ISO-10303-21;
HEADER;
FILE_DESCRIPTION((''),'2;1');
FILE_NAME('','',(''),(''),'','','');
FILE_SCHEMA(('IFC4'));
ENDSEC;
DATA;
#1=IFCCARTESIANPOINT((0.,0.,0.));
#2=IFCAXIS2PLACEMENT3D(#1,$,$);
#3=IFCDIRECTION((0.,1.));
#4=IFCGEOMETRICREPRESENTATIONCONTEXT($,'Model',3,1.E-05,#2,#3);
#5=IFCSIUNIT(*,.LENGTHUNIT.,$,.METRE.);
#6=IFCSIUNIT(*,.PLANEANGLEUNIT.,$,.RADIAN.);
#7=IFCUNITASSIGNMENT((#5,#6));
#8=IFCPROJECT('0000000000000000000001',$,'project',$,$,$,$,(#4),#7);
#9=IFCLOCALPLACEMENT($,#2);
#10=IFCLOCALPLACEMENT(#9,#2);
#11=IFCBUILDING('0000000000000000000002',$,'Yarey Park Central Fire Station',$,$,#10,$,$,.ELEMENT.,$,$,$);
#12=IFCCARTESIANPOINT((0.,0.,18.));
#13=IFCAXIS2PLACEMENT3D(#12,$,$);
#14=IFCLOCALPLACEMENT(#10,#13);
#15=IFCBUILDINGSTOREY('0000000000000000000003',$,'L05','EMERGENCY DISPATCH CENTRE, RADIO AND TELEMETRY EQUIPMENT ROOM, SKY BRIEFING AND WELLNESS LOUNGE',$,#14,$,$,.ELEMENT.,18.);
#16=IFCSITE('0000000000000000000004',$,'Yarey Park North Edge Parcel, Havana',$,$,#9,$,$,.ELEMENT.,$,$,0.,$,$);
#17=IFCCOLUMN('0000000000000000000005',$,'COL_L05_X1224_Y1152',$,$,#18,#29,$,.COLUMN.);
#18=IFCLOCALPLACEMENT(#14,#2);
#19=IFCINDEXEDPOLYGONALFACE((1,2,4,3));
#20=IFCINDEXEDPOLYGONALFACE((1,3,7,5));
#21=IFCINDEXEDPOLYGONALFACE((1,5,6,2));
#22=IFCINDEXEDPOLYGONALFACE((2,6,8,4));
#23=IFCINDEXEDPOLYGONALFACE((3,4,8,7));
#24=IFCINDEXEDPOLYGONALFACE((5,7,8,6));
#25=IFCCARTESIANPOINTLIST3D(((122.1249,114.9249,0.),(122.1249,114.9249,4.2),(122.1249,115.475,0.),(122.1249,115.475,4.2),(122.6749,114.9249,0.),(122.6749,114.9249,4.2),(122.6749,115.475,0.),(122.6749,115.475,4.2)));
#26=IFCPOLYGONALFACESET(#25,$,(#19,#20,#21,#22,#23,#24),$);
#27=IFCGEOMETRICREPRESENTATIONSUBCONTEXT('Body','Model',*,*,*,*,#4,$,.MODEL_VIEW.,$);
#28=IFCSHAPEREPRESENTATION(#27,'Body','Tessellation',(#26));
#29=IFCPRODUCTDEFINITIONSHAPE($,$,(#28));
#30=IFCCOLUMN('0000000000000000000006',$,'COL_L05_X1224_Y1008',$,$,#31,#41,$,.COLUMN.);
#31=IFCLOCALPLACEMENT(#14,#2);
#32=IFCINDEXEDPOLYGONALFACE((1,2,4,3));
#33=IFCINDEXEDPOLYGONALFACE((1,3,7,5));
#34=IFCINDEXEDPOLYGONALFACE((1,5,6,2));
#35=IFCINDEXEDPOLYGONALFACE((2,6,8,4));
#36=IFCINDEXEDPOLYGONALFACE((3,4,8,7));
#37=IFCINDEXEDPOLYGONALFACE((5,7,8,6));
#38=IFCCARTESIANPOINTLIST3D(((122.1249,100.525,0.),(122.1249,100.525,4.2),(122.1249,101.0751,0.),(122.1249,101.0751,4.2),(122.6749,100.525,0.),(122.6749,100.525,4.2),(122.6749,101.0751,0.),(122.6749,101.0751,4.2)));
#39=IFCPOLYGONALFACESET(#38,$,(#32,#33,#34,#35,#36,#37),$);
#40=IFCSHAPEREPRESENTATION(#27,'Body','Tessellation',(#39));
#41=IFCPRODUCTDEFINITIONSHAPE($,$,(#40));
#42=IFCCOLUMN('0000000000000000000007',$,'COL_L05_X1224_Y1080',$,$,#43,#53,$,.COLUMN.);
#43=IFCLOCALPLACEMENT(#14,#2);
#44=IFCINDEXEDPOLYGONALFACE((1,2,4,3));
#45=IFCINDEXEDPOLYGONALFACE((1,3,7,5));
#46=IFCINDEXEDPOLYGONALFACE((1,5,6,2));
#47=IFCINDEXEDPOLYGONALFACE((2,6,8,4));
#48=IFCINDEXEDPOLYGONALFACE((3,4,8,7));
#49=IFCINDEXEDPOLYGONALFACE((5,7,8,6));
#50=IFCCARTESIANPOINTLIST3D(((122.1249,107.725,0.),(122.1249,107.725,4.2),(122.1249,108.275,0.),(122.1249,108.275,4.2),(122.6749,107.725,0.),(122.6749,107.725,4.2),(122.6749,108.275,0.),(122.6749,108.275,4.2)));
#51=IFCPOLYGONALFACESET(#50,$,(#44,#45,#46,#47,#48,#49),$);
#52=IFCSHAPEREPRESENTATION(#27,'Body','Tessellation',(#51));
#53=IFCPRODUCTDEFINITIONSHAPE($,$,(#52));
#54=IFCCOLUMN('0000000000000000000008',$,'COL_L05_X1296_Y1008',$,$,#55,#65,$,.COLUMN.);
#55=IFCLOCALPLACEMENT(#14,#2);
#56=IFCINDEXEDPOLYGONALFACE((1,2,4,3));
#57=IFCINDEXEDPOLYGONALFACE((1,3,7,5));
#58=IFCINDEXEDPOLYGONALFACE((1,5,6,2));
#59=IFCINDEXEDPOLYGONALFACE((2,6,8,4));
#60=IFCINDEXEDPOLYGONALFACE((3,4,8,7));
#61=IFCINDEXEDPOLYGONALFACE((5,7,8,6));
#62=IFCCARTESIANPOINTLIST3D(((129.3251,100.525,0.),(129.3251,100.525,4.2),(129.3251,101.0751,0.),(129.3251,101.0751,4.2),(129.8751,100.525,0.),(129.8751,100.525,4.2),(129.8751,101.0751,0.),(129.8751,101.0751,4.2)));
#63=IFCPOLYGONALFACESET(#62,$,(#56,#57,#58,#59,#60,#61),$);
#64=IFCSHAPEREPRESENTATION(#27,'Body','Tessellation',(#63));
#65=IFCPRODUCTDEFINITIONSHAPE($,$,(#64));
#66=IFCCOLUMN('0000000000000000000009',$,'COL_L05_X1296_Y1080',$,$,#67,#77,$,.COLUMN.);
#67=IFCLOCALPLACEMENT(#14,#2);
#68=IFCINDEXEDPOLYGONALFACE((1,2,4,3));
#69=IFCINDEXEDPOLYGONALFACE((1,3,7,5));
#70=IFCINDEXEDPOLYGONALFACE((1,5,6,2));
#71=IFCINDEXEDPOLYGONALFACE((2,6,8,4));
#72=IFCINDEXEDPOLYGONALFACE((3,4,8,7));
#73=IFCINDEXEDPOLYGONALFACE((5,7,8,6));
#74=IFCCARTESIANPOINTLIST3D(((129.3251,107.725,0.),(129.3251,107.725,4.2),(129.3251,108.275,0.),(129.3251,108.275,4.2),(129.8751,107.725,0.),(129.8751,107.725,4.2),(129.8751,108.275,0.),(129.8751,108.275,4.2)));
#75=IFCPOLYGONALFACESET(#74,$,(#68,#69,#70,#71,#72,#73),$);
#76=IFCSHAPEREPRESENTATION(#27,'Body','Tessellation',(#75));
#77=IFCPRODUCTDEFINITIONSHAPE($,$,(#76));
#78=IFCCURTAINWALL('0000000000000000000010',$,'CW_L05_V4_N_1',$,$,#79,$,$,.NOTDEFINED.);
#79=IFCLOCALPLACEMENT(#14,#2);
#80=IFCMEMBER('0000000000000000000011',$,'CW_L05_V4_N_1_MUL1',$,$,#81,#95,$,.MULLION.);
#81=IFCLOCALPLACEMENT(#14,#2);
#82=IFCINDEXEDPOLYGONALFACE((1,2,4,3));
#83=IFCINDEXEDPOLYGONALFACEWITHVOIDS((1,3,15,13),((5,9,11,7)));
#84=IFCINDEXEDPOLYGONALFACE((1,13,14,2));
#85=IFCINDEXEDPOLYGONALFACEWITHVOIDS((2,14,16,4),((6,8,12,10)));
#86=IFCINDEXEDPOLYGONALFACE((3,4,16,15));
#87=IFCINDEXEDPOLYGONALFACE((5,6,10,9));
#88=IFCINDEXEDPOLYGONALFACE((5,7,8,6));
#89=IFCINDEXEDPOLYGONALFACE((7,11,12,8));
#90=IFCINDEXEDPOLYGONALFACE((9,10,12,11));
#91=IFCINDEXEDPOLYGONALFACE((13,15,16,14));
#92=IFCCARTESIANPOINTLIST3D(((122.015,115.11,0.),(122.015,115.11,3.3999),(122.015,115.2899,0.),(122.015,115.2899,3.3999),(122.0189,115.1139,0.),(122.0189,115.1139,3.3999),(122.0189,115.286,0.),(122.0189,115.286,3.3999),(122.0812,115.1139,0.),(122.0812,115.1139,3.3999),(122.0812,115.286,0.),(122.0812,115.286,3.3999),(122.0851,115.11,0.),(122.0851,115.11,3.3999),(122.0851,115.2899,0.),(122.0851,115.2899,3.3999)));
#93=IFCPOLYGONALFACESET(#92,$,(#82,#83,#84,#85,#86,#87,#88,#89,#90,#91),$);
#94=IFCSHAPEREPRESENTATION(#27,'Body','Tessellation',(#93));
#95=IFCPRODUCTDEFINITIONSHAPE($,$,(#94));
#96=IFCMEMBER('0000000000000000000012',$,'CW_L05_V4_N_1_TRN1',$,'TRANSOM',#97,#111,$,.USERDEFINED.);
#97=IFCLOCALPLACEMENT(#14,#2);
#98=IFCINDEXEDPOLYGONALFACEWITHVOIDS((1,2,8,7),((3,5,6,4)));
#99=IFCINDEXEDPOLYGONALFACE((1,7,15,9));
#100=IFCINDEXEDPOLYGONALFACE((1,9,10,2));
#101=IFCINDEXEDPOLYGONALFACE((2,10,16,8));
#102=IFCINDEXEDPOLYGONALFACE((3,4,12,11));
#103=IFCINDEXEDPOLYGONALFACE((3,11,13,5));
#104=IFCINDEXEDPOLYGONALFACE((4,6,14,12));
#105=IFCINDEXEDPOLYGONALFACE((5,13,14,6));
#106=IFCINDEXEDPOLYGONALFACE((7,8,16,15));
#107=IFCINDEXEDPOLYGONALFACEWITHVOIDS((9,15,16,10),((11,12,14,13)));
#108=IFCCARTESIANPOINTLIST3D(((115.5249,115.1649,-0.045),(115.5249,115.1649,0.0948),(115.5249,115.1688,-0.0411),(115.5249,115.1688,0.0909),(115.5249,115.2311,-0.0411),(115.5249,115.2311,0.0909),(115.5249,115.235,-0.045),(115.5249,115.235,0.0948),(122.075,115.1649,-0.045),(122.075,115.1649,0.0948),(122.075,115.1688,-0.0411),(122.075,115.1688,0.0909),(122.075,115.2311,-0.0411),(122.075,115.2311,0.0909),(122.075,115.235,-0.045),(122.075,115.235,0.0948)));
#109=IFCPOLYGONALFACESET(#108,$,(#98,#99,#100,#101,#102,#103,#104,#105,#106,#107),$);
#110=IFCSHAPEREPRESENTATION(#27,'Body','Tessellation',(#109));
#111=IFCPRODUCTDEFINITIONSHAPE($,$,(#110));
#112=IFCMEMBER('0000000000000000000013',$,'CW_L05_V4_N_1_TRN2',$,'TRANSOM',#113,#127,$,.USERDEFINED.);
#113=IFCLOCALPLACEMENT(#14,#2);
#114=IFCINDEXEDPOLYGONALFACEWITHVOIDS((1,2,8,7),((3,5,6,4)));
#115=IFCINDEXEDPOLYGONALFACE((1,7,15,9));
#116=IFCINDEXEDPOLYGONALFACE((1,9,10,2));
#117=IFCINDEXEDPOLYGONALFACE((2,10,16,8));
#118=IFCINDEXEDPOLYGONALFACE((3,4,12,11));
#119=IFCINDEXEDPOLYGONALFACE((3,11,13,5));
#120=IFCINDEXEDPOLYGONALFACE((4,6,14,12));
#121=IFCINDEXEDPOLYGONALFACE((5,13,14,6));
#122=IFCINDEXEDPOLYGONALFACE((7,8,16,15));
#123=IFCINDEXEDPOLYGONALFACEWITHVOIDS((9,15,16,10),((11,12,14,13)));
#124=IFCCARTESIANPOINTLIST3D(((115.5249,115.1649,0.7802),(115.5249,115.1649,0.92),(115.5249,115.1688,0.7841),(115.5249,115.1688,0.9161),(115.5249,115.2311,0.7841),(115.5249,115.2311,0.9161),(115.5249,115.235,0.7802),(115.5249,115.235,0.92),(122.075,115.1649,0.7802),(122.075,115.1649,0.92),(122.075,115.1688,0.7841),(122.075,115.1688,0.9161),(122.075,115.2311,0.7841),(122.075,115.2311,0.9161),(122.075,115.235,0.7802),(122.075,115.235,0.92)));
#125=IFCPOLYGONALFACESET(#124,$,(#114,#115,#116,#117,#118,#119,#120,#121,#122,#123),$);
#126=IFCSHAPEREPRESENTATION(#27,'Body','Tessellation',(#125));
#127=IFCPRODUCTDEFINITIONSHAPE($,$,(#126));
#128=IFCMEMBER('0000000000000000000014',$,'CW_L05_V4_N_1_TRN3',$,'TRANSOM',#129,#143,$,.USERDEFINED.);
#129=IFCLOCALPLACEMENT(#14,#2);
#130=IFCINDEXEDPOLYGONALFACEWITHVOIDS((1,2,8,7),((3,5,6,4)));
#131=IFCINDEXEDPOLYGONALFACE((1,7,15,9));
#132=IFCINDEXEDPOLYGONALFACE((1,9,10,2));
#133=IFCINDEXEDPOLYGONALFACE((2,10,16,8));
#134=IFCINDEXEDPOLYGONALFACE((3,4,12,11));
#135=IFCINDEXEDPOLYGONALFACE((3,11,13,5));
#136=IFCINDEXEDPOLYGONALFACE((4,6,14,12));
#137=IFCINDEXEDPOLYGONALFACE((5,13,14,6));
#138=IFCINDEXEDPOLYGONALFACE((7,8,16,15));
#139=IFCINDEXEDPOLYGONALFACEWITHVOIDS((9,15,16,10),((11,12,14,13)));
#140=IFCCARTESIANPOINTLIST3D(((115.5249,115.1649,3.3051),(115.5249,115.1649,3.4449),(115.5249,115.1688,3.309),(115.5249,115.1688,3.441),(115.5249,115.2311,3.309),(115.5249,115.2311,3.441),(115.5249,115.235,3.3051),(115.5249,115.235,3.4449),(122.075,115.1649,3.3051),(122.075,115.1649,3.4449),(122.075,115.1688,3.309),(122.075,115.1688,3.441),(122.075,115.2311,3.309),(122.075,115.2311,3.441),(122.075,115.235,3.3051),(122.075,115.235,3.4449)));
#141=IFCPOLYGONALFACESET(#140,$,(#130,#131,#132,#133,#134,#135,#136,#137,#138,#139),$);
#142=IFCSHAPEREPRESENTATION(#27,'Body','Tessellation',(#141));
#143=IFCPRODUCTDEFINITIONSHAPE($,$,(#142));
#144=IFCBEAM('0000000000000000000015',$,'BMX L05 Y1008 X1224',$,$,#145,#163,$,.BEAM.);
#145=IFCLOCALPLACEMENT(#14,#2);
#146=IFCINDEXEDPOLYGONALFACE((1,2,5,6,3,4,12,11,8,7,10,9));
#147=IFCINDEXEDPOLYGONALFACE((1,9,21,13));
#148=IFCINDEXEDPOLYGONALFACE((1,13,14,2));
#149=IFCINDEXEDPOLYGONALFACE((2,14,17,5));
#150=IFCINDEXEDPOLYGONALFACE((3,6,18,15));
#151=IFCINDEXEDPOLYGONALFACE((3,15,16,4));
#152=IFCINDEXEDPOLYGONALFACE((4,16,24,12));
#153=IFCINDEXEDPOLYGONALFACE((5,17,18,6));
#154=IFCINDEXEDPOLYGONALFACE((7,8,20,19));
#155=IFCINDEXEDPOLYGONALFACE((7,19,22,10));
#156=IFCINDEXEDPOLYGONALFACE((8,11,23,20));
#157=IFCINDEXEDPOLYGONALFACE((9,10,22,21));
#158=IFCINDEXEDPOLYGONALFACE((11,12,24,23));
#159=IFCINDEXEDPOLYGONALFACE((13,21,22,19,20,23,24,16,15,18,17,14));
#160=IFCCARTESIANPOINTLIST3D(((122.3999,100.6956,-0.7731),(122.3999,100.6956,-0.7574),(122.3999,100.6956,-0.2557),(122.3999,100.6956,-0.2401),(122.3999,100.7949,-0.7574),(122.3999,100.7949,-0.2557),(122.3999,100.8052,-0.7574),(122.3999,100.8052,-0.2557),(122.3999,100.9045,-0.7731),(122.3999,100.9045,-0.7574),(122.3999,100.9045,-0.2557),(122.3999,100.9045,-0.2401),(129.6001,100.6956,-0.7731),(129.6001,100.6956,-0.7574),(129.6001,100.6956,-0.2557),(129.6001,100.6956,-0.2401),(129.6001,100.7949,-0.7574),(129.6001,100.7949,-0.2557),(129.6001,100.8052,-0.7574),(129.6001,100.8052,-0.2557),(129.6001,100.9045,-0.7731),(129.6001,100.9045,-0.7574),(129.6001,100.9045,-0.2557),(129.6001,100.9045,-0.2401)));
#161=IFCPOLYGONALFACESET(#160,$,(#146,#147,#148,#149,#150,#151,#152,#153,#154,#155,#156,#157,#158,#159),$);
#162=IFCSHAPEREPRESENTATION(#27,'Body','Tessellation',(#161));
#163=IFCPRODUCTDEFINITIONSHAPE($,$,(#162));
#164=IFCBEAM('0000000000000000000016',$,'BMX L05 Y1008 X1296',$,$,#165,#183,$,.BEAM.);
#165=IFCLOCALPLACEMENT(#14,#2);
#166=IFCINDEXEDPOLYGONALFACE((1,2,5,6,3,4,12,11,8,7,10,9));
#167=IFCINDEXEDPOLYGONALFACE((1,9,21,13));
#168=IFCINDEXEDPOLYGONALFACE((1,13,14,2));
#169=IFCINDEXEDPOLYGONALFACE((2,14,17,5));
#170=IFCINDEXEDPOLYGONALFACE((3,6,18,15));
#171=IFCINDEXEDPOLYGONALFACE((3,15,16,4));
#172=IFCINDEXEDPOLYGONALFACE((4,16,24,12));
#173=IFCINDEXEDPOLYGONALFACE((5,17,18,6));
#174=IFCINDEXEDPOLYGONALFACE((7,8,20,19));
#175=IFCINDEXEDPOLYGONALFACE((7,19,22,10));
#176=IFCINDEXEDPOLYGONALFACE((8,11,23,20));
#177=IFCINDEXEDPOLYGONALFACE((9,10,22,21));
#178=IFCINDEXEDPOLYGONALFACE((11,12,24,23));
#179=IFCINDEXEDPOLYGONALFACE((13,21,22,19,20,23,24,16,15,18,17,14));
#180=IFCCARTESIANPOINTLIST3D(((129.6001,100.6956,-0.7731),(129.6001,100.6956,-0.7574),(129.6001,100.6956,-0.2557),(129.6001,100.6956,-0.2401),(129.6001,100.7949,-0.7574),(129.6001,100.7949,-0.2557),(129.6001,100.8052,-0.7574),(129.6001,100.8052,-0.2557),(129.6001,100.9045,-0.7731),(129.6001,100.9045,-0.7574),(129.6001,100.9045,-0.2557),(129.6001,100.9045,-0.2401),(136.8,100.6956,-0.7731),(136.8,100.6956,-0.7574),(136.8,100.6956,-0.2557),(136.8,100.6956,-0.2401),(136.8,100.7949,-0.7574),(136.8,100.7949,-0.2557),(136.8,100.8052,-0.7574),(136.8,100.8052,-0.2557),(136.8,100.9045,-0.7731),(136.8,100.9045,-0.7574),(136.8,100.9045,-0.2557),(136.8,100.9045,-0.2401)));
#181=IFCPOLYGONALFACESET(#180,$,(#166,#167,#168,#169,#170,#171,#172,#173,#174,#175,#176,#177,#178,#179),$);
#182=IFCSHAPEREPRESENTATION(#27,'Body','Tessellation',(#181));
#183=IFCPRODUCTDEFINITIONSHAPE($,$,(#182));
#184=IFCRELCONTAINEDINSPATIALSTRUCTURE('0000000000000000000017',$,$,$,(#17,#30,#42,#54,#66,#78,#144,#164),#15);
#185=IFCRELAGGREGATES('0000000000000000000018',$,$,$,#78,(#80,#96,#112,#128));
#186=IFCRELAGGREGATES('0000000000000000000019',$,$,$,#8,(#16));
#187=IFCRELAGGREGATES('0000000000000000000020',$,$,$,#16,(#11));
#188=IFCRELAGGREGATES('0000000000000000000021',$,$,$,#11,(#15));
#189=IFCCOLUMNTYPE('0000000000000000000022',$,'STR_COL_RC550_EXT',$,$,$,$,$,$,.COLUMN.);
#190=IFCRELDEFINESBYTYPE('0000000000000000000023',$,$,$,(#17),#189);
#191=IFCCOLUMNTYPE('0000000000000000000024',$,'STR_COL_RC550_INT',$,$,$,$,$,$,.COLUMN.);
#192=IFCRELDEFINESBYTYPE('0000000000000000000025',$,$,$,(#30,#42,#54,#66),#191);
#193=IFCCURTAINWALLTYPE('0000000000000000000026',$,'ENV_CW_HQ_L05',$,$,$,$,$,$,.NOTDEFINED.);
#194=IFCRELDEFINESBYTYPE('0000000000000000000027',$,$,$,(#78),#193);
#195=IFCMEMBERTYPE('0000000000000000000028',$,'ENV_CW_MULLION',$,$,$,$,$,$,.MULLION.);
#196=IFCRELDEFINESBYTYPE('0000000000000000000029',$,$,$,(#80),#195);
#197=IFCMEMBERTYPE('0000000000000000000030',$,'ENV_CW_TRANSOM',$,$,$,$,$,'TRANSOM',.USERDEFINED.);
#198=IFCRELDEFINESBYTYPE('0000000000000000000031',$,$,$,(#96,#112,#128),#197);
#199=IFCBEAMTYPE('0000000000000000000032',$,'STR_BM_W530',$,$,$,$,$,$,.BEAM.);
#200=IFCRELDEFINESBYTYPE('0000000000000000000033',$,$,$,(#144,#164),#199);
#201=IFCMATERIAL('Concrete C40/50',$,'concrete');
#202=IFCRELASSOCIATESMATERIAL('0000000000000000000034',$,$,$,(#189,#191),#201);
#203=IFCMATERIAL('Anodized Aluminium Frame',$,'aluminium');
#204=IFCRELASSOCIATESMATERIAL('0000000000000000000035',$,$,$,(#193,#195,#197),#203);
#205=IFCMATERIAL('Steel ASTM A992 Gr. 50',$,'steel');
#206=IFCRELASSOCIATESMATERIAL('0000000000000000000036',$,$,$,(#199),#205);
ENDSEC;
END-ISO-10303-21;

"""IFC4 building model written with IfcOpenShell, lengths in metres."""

from ifc_helpers import new_model, si_unit, direction, frame, origin, origin_2d, place, context, subcontext, project, spatial, rectangle, hollow_rectangle, i_section, extrude, material, material_profile, profile_set, type_object, element, aggregate, save


model = new_model("IFC4")

# Units and contexts
model_context = context("Model", 3, precision=1e-05, world=origin(), true_north=direction((0.0, 1.0)))
body_context = subcontext(model_context, "Body", "Model", "MODEL_VIEW")
ifc_project = project(units=[si_unit("LENGTHUNIT", "METRE"), si_unit("PLANEANGLEUNIT", "RADIAN")], contexts=[model_context])

# Site, building, storey
site_placement = place(None, origin())
site = spatial("IfcSite", under=ifc_project, at=site_placement, Name="Yarey Park North Edge Parcel, Havana", CompositionType="ELEMENT", RefElevation=0.0)
building_placement = place(site_placement, origin())
building = spatial("IfcBuilding", under=site, at=building_placement, Name="Yarey Park Central Fire Station", CompositionType="ELEMENT")
storey_placement = place(building_placement, frame((0.0, 0.0, 18.0)))
storey = spatial("IfcBuildingStorey", under=building, at=storey_placement, Name="L05", Description="EMERGENCY DISPATCH CENTRE, RADIO AND TELEMETRY EQUIPMENT ROOM, SKY BRIEFING AND WELLNESS LOUNGE", CompositionType="ELEMENT", Elevation=18.0)

# Columns
ifc_material_1 = material(Name="Concrete C40/50", Category="concrete")
ifc_material_profile_1 = material_profile(ifc_material_1, rectangle(XDim=0.55, YDim=0.55, at=origin_2d()), Name="RC 550x550")
ifc_profile_set_1 = profile_set([ifc_material_profile_1], Name="Concrete C40/50")
column_type_1 = type_object("IfcColumnType", Name="STR_COL_RC550_EXT", PredefinedType="COLUMN", material=ifc_profile_set_1)
column_placement = place(storey_placement, frame((122.3999, 115.2, 0.0), z_axis=(0.0, 0.0, 1.0), x_axis=(1.0, 0.0, 0.0)))
element("IfcColumn", 1, at=column_placement, inside=storey, type_object=column_type_1, Name="COL_L05_X1224_Y1152", PredefinedType="COLUMN", context=body_context, shape_type="SweptSolid", body=[
    extrude(rectangle(XDim=0.55, YDim=0.55, at=origin_2d()), origin(), (0.0, 0.0, 1.0), 4.2),
])
ifc_material_profile_2 = material_profile(ifc_material_1, rectangle(XDim=0.55, YDim=0.55, at=origin_2d()), Name="RC 550x550")
ifc_profile_set_2 = profile_set([ifc_material_profile_2], Name="Concrete C40/50")
column_type_2 = type_object("IfcColumnType", Name="STR_COL_RC550_INT", PredefinedType="COLUMN", material=ifc_profile_set_2)
for number, where, z_axis, x_axis, name in (
    (2, (122.3999, 100.8, 0.0), (0.0, 0.0, 1.0), (1.0, 0.0, 0.0), "COL_L05_X1224_Y1008"),
    (3, (122.3999, 108.0, 0.0), (0.0, 0.0, 1.0), (1.0, 0.0, 0.0), "COL_L05_X1224_Y1080"),
    (4, (129.6001, 100.8, 0.0), (0.0, 0.0, 1.0), (1.0, 0.0, 0.0), "COL_L05_X1296_Y1008"),
    (5, (129.6001, 108.0, 0.0), (0.0, 0.0, 1.0), (1.0, 0.0, 0.0), "COL_L05_X1296_Y1080"),
):
    element("IfcColumn", number, at=place(storey_placement, frame(where, z_axis=z_axis, x_axis=x_axis)), inside=storey, type_object=column_type_2, Name=name, PredefinedType="COLUMN", context=body_context, shape_type="SweptSolid", body=[
        extrude(rectangle(XDim=0.55, YDim=0.55, at=origin_2d()), origin(), (0.0, 0.0, 1.0), 4.2),
    ])

# Curtain wall, members
ifc_material_2 = material(Name="Anodized Aluminium Frame", Category="aluminium")
curtain_wall_type = type_object("IfcCurtainWallType", Name="ENV_CW_HQ_L05", PredefinedType="NOTDEFINED", material=ifc_material_2)
curtain_wall_placement = place(storey_placement, origin())
curtain_wall = element("IfcCurtainWall", 6, at=curtain_wall_placement, inside=storey, type_object=curtain_wall_type, Name="CW_L05_V4_N_1", PredefinedType="NOTDEFINED")
ifc_material_profile_3 = material_profile(ifc_material_2, hollow_rectangle(XDim=0.0701, YDim=0.1799, WallThickness=0.0039, at=origin_2d()), Name="ALU 180x70x4")
ifc_profile_set_3 = profile_set([ifc_material_profile_3], Name="Anodized Aluminium Frame")
member_type_1 = type_object("IfcMemberType", Name="ENV_CW_MULLION", PredefinedType="MULLION", material=ifc_profile_set_3)
member_1_placement = place(storey_placement, frame((122.05, 115.2, 0.0), z_axis=(0.0, 0.0, 1.0), x_axis=(1.0, 0.0, 0.0)))
member_1 = element("IfcMember", 7, at=member_1_placement, type_object=member_type_1, Name="CW_L05_V4_N_1_MUL1", PredefinedType="MULLION", context=body_context, shape_type="SweptSolid", body=[
    extrude(hollow_rectangle(XDim=0.0701, YDim=0.1799, WallThickness=0.0039, at=origin_2d()), origin(), (0.0, 0.0, 1.0), 3.3999),
])
ifc_material_profile_4 = material_profile(ifc_material_2, hollow_rectangle(XDim=0.0701, YDim=0.1399, WallThickness=0.0039, at=origin_2d()), Name="ALU 140x70x4")
ifc_profile_set_4 = profile_set([ifc_material_profile_4], Name="Anodized Aluminium Frame")
member_type_2 = type_object("IfcMemberType", Name="ENV_CW_TRANSOM", ElementType="TRANSOM", PredefinedType="USERDEFINED", material=ifc_profile_set_4)
member_2_placement = place(storey_placement, frame((122.075, 115.2, 0.0249), z_axis=(-1.0, 0.0, 0.0), x_axis=(0.0, -1.0, 0.0)))
member_2 = element("IfcMember", 8, at=member_2_placement, type_object=member_type_2, Name="CW_L05_V4_N_1_TRN1", ObjectType="TRANSOM", PredefinedType="USERDEFINED", context=body_context, shape_type="SweptSolid", body=[
    extrude(hollow_rectangle(XDim=0.0701, YDim=0.1399, WallThickness=0.0039, at=origin_2d()), origin(), (0.0, 0.0, 1.0), 6.55),
])
member_3_placement = place(storey_placement, frame((122.075, 115.2, 0.8501), z_axis=(-1.0, 0.0, 0.0), x_axis=(0.0, -1.0, 0.0)))
member_3 = element("IfcMember", 9, at=member_3_placement, type_object=member_type_2, Name="CW_L05_V4_N_1_TRN2", ObjectType="TRANSOM", PredefinedType="USERDEFINED", context=body_context, shape_type="SweptSolid", body=[
    extrude(hollow_rectangle(XDim=0.0701, YDim=0.1399, WallThickness=0.0039, at=origin_2d()), origin(), (0.0, 0.0, 1.0), 6.55),
])
member_4_placement = place(storey_placement, frame((122.075, 115.2, 3.375), z_axis=(-1.0, 0.0, 0.0), x_axis=(0.0, -1.0, 0.0)))
member_4 = element("IfcMember", 10, at=member_4_placement, type_object=member_type_2, Name="CW_L05_V4_N_1_TRN3", ObjectType="TRANSOM", PredefinedType="USERDEFINED", context=body_context, shape_type="SweptSolid", body=[
    extrude(hollow_rectangle(XDim=0.0701, YDim=0.1399, WallThickness=0.0039, at=origin_2d()), origin(), (0.0, 0.0, 1.0), 6.55),
])
aggregate(curtain_wall, [member_1, member_2, member_3, member_4])

# Beams
ifc_material_3 = material(Name="Steel ASTM A992 Gr. 50", Category="steel")
ifc_material_profile_5 = material_profile(ifc_material_3, i_section(OverallWidth=0.209, OverallDepth=0.533, WebThickness=0.0103, FlangeThickness=0.0156, at=origin_2d()), Name="W530x92")
ifc_profile_set_5 = profile_set([ifc_material_profile_5], Name="Steel ASTM A992 Gr. 50")
beam_type_1 = type_object("IfcBeamType", Name="STR_BM_W530", PredefinedType="BEAM", material=ifc_profile_set_5)
beam_1_placement = place(storey_placement, frame((122.3999, 100.8, -0.5066), z_axis=(1.0, 0.0, 0.0), x_axis=(0.0, 1.0, 0.0)))
element("IfcBeam", 11, at=beam_1_placement, inside=storey, type_object=beam_type_1, Name="BMX L05 Y1008 X1224", PredefinedType="BEAM", context=body_context, shape_type="SweptSolid", body=[
    extrude(i_section(OverallWidth=0.209, OverallDepth=0.533, WebThickness=0.0103, FlangeThickness=0.0156, at=origin_2d()), origin(), (0.0, 0.0, 1.0), 7.2002),
])
beam_2_placement = place(storey_placement, frame((129.6001, 100.8, -0.5066), z_axis=(1.0, 0.0, 0.0), x_axis=(0.0, 1.0, 0.0)))
element("IfcBeam", 12, at=beam_2_placement, inside=storey, type_object=beam_type_1, Name="BMX L05 Y1008 X1296", PredefinedType="BEAM", context=body_context, shape_type="SweptSolid", body=[
    extrude(i_section(OverallWidth=0.209, OverallDepth=0.533, WebThickness=0.0103, FlangeThickness=0.0156, at=origin_2d()), origin(), (0.0, 0.0, 1.0), 7.2),
])

save(model, "model.ifc")
